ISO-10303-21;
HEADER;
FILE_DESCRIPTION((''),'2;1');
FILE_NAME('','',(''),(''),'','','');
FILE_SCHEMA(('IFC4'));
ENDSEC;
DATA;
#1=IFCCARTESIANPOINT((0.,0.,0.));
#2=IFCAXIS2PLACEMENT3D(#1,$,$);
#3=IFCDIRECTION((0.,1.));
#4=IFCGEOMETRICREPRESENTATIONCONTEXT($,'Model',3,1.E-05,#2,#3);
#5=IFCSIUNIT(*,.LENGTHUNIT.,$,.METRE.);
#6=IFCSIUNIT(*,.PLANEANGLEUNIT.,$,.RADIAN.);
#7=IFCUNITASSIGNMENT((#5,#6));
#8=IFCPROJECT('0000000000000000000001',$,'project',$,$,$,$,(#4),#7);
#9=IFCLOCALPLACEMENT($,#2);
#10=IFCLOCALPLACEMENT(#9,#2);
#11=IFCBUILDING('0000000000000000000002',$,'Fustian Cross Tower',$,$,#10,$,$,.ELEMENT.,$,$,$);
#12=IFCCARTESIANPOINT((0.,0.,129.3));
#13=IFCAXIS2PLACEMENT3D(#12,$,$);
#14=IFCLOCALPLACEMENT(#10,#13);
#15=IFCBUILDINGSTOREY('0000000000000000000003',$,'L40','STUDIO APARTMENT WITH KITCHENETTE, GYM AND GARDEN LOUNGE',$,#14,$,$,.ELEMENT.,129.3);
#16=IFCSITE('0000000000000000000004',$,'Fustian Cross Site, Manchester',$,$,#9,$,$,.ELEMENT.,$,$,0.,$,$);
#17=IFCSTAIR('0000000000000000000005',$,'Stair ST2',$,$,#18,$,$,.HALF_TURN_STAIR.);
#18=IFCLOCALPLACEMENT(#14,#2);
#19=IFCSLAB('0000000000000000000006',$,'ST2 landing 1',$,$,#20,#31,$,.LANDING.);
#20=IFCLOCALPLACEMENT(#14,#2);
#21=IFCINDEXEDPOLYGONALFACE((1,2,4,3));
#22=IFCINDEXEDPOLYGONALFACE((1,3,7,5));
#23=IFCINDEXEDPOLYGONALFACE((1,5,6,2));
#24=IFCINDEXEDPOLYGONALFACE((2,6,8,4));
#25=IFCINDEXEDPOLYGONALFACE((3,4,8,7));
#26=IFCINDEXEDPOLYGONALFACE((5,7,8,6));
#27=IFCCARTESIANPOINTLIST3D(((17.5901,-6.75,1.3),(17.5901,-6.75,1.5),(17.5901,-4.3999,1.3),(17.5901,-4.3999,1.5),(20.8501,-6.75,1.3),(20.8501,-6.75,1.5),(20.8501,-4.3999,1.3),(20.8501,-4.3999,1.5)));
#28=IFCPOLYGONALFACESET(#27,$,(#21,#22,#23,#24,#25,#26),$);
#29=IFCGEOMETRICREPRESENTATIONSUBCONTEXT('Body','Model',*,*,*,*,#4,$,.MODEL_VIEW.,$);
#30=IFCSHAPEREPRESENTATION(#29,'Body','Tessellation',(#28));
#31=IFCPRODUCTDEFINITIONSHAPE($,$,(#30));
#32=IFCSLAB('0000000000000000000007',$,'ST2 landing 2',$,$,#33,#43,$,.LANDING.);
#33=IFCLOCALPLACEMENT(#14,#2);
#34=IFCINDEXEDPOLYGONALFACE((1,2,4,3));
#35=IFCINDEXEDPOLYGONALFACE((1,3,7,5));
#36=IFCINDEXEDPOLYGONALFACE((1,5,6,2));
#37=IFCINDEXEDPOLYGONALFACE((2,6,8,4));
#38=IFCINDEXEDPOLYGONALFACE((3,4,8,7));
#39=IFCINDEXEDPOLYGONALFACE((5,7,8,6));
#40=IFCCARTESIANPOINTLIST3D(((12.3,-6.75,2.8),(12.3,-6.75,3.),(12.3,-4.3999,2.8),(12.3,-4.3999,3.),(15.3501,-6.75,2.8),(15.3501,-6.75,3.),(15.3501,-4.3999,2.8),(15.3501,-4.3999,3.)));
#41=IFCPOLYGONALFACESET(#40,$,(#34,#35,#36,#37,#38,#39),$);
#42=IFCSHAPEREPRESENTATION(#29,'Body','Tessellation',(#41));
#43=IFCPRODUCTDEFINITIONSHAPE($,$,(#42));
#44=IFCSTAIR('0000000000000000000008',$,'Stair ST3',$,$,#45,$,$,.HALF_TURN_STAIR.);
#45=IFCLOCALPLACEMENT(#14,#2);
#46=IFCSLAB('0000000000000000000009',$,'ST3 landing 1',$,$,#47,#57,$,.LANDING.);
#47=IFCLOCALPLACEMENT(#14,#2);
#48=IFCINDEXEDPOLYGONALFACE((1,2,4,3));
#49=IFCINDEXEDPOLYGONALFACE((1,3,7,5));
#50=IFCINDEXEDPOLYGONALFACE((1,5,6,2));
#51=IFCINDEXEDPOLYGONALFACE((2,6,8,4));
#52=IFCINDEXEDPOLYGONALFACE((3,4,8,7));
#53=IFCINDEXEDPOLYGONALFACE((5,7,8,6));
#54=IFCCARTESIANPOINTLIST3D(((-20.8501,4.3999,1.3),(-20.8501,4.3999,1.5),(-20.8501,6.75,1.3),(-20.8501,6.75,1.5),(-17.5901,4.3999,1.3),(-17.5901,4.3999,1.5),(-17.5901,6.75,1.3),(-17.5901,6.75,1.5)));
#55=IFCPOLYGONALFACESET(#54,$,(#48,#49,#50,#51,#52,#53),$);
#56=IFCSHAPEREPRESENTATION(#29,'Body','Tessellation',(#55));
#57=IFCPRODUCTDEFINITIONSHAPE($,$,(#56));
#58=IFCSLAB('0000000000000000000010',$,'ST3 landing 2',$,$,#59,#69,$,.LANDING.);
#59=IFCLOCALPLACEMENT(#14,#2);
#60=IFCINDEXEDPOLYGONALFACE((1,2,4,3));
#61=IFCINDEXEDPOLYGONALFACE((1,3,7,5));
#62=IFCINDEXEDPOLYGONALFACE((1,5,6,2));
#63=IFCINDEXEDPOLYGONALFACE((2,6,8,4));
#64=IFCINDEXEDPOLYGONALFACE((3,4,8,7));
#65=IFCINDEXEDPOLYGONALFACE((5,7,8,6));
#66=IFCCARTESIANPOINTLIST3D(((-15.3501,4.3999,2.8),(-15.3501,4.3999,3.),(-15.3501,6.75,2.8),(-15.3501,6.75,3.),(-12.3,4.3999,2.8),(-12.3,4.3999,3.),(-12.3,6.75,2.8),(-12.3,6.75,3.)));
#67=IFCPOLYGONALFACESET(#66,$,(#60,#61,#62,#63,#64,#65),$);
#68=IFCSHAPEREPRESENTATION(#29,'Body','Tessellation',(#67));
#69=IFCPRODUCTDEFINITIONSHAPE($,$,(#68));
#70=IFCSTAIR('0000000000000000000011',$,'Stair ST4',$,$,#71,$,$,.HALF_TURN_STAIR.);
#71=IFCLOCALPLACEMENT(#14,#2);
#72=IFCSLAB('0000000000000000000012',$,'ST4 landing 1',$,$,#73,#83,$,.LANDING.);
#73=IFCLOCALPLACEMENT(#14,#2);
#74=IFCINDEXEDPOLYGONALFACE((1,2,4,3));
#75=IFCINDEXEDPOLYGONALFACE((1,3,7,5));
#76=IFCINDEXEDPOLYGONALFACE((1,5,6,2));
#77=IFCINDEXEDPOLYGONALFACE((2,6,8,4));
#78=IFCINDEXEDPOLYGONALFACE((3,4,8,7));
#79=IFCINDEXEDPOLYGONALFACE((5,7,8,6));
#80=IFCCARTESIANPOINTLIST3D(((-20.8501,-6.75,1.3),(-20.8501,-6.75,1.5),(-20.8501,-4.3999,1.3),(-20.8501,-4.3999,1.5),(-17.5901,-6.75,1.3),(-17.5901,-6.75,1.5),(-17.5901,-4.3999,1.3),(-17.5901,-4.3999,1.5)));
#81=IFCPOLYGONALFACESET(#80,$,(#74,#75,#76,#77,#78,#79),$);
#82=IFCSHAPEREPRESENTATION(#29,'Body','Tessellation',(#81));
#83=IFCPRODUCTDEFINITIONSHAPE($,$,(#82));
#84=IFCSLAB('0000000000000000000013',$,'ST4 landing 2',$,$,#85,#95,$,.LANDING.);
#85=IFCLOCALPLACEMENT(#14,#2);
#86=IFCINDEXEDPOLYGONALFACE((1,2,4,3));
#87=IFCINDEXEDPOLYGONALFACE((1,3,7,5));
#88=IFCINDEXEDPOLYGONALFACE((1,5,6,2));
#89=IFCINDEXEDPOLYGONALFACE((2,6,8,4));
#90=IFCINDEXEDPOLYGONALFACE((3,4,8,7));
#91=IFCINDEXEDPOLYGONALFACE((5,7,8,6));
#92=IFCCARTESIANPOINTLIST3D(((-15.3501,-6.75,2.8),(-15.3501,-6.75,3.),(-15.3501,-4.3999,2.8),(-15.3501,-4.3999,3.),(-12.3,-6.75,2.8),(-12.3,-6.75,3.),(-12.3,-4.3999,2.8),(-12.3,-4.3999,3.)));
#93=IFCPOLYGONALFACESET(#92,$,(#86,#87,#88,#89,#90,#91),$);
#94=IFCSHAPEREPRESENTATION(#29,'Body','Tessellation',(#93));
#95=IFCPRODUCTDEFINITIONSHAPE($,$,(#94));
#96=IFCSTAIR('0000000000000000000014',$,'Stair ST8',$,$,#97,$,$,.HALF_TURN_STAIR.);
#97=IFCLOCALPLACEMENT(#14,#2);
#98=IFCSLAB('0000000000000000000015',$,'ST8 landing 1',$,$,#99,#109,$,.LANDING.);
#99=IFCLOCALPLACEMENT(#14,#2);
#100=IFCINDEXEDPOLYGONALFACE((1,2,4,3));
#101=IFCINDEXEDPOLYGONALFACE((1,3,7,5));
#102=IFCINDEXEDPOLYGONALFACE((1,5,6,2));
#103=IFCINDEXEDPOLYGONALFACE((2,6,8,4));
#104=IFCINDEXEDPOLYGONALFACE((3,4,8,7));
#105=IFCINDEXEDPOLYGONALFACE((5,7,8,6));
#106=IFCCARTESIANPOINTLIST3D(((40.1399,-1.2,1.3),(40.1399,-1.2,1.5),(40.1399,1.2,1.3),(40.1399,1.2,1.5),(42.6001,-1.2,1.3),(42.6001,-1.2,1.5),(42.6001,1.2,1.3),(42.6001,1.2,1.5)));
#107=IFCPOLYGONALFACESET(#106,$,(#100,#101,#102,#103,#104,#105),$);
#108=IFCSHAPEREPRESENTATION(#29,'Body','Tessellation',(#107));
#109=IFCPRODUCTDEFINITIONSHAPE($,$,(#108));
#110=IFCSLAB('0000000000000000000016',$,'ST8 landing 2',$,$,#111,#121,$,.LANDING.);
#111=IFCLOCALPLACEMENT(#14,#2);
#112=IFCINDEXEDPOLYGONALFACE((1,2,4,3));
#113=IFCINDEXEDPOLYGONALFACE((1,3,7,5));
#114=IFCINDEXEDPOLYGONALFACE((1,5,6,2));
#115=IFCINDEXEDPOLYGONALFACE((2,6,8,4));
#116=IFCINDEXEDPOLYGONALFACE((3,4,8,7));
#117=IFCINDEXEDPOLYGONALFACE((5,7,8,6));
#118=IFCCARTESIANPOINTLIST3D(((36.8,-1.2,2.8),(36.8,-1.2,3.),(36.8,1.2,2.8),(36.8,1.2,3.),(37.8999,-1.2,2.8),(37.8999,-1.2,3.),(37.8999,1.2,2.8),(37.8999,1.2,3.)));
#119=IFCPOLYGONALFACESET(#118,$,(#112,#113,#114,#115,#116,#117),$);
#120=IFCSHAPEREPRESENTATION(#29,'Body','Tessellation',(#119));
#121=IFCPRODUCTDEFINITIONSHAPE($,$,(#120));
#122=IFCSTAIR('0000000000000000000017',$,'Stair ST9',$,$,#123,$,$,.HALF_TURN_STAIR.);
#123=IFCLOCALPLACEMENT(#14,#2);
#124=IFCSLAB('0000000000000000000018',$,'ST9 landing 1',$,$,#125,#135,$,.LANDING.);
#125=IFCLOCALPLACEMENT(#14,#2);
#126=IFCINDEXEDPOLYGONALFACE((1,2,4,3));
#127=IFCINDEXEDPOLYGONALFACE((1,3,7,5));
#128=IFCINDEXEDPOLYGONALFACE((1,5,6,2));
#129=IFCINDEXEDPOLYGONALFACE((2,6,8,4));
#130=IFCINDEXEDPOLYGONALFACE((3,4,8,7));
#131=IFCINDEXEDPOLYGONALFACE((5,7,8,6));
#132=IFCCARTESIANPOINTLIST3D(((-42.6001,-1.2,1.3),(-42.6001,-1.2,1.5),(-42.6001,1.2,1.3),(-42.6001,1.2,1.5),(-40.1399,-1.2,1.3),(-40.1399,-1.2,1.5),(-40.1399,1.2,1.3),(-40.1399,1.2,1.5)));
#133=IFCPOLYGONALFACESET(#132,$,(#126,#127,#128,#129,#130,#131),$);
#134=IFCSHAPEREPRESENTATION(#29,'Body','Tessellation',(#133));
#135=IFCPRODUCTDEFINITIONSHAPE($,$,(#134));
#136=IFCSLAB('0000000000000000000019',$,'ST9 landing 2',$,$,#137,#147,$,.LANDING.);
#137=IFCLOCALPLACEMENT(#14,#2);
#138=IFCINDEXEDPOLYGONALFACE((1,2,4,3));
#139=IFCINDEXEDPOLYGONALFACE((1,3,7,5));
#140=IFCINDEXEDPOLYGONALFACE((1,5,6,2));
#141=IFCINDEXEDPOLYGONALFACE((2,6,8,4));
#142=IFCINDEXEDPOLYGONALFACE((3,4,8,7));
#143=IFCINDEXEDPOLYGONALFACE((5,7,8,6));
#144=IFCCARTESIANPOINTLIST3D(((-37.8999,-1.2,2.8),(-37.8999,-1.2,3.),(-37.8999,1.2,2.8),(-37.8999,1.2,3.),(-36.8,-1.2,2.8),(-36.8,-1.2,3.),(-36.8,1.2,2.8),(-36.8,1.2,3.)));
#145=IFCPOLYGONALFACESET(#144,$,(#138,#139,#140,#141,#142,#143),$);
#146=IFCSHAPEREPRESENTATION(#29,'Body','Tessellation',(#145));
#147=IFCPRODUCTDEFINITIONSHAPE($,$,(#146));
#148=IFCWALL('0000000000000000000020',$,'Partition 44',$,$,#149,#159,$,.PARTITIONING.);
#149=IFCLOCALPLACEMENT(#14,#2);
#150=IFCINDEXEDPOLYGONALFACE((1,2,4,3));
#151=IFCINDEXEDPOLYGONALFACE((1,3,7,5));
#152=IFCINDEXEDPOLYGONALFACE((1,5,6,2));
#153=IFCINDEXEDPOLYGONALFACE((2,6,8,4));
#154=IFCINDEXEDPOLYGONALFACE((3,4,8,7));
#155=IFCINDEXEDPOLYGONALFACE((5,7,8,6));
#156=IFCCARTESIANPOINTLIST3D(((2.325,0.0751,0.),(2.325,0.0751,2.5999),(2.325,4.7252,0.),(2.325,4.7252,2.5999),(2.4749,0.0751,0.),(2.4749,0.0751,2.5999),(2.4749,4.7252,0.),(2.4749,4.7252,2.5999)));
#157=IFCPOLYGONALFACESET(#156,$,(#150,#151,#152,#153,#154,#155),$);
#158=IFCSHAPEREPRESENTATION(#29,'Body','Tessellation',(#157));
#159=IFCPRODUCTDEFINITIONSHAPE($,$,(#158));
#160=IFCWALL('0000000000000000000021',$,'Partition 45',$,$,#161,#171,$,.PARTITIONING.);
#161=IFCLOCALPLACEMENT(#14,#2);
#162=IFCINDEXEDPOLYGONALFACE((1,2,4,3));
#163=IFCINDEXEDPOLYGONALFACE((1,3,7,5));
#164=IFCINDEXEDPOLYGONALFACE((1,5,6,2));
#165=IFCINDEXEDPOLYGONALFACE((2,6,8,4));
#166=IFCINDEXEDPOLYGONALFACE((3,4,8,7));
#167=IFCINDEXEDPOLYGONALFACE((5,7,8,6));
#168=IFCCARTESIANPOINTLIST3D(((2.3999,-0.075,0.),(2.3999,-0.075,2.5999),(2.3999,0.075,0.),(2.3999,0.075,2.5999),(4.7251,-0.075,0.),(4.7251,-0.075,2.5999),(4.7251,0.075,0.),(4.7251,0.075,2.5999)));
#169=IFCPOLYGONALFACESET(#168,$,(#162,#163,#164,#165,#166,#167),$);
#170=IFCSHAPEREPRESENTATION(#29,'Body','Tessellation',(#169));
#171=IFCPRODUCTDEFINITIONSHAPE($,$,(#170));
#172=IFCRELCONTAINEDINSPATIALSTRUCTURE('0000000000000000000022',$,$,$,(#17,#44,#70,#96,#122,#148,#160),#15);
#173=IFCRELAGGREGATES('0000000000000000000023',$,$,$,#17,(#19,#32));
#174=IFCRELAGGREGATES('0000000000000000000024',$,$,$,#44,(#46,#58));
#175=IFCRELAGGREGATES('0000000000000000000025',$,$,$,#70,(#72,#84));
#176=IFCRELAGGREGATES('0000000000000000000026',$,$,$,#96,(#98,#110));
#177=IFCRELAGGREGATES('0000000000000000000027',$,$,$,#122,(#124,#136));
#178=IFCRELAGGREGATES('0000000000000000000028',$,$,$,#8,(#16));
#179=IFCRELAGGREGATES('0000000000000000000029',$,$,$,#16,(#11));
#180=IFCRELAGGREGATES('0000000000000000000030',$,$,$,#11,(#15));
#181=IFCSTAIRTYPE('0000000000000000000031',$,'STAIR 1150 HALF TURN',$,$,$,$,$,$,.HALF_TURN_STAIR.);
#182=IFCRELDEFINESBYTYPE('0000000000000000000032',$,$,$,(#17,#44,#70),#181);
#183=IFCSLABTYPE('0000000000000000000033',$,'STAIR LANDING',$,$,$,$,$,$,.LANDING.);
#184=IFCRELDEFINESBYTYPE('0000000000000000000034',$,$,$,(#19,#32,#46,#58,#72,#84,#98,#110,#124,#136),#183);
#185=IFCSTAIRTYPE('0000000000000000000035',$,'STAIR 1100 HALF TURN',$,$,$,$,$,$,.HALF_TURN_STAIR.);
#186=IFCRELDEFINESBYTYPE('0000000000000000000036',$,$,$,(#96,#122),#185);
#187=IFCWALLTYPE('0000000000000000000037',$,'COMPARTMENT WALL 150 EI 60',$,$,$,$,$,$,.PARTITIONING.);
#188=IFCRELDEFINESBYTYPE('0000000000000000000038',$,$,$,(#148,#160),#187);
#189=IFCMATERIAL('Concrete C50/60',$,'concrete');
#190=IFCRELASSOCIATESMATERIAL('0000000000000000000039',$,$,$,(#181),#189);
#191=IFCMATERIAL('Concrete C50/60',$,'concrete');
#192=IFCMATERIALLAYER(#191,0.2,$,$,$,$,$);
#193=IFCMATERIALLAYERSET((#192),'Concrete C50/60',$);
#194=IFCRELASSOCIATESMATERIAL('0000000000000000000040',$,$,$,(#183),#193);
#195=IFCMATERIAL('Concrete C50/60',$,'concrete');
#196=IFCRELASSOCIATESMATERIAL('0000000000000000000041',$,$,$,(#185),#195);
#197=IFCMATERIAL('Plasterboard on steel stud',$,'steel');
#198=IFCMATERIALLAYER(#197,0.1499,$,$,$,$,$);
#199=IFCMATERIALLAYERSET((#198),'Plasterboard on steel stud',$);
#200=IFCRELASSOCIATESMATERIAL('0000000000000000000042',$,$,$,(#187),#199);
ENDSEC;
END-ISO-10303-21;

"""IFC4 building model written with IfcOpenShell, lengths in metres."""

from ifc_helpers import new_model, si_unit, direction, frame, frame_2d, origin, place, context, subcontext, project, spatial, polyline, rectangle, outline, extrude, material, layer, layer_set, type_object, element, aggregate, save


model = new_model("IFC4")

# Units and contexts
model_context = context("Model", 3, precision=1e-05, world=origin(), true_north=direction((0.0, 1.0)))
body_context = subcontext(model_context, "Body", "Model", "MODEL_VIEW")
ifc_project = project(units=[si_unit("LENGTHUNIT", "METRE"), si_unit("PLANEANGLEUNIT", "RADIAN")], contexts=[model_context])

# Site, building, storey
site_placement = place(None, origin())
site = spatial("IfcSite", under=ifc_project, at=site_placement, Name="Fustian Cross Site, Manchester", CompositionType="ELEMENT", RefElevation=0.0)
building_placement = place(site_placement, origin())
building = spatial("IfcBuilding", under=site, at=building_placement, Name="Fustian Cross Tower", CompositionType="ELEMENT")
storey_placement = place(building_placement, frame((0.0, 0.0, 129.3)))
storey = spatial("IfcBuildingStorey", under=building, at=storey_placement, Name="L40", Description="STUDIO APARTMENT WITH KITCHENETTE, GYM AND GARDEN LOUNGE", CompositionType="ELEMENT", Elevation=129.3)

# Stairs, slabs
ifc_material_1 = material(Name="Concrete C50/60", Category="concrete")
stair_type_1 = type_object("IfcStairType", Name="STAIR 1150 HALF TURN", PredefinedType="HALF_TURN_STAIR", material=ifc_material_1)
stair_1_placement = place(storey_placement, origin())
stair_1 = element("IfcStair", 1, at=stair_1_placement, inside=storey, type_object=stair_type_1, Name="Stair ST2", PredefinedType="HALF_TURN_STAIR")
ifc_material_2 = material(Name="Concrete C50/60", Category="concrete")
ifc_layer_1 = layer(ifc_material_2, 0.2)
ifc_layer_set_1 = layer_set([ifc_layer_1], Name="Concrete C50/60")
slab_type = type_object("IfcSlabType", Name="STAIR LANDING", PredefinedType="LANDING", material=ifc_layer_set_1)
slab_1_placement = place(storey_placement, frame((0.0, 0.0, 1.3)))
slab_1 = element("IfcSlab", 2, at=slab_1_placement, type_object=slab_type, Name="ST2 landing 1", PredefinedType="LANDING", context=body_context, shape_type="SweptSolid", body=[
    extrude(outline(polyline([(17.5901, -4.3999), (20.8501, -4.3999), (20.8501, -6.75), (17.5901, -6.75), (17.5901, -4.3999)])), origin(), (0.0, 0.0, 1.0), 0.2),
])
slab_2_placement = place(storey_placement, frame((0.0, 0.0, 2.8)))
slab_2 = element("IfcSlab", 3, at=slab_2_placement, type_object=slab_type, Name="ST2 landing 2", PredefinedType="LANDING", context=body_context, shape_type="SweptSolid", body=[
    extrude(outline(polyline([(12.3, -4.3999), (15.3501, -4.3999), (15.3501, -6.75), (12.3, -6.75), (12.3, -4.3999)])), origin(), (0.0, 0.0, 1.0), 0.2),
])
aggregate(stair_1, [slab_1, slab_2])
stair_2_placement = place(storey_placement, origin())
stair_2 = element("IfcStair", 4, at=stair_2_placement, inside=storey, type_object=stair_type_1, Name="Stair ST3", PredefinedType="HALF_TURN_STAIR")
slab_3_placement = place(storey_placement, frame((0.0, 0.0, 1.3)))
slab_3 = element("IfcSlab", 5, at=slab_3_placement, type_object=slab_type, Name="ST3 landing 1", PredefinedType="LANDING", context=body_context, shape_type="SweptSolid", body=[
    extrude(outline(polyline([(-17.5901, 4.3999), (-20.8501, 4.3999), (-20.8501, 6.75), (-17.5901, 6.75), (-17.5901, 4.3999)])), origin(), (0.0, 0.0, 1.0), 0.2),
])
slab_4_placement = place(storey_placement, frame((0.0, 0.0, 2.8)))
slab_4 = element("IfcSlab", 6, at=slab_4_placement, type_object=slab_type, Name="ST3 landing 2", PredefinedType="LANDING", context=body_context, shape_type="SweptSolid", body=[
    extrude(outline(polyline([(-12.3, 4.3999), (-15.3501, 4.3999), (-15.3501, 6.75), (-12.3, 6.75), (-12.3, 4.3999)])), origin(), (0.0, 0.0, 1.0), 0.2),
])
aggregate(stair_2, [slab_3, slab_4])
stair_3_placement = place(storey_placement, origin())
stair_3 = element("IfcStair", 7, at=stair_3_placement, inside=storey, type_object=stair_type_1, Name="Stair ST4", PredefinedType="HALF_TURN_STAIR")
slab_5_placement = place(storey_placement, frame((0.0, 0.0, 1.3)))
slab_5 = element("IfcSlab", 8, at=slab_5_placement, type_object=slab_type, Name="ST4 landing 1", PredefinedType="LANDING", context=body_context, shape_type="SweptSolid", body=[
    extrude(outline(polyline([(-17.5901, -4.3999), (-20.8501, -4.3999), (-20.8501, -6.75), (-17.5901, -6.75), (-17.5901, -4.3999)])), origin(), (0.0, 0.0, 1.0), 0.2),
])
slab_6_placement = place(storey_placement, frame((0.0, 0.0, 2.8)))
slab_6 = element("IfcSlab", 9, at=slab_6_placement, type_object=slab_type, Name="ST4 landing 2", PredefinedType="LANDING", context=body_context, shape_type="SweptSolid", body=[
    extrude(outline(polyline([(-12.3, -4.3999), (-15.3501, -4.3999), (-15.3501, -6.75), (-12.3, -6.75), (-12.3, -4.3999)])), origin(), (0.0, 0.0, 1.0), 0.2),
])
aggregate(stair_3, [slab_5, slab_6])
ifc_material_3 = material(Name="Concrete C50/60", Category="concrete")
stair_type_2 = type_object("IfcStairType", Name="STAIR 1100 HALF TURN", PredefinedType="HALF_TURN_STAIR", material=ifc_material_3)
stair_4_placement = place(storey_placement, origin())
stair_4 = element("IfcStair", 10, at=stair_4_placement, inside=storey, type_object=stair_type_2, Name="Stair ST8", PredefinedType="HALF_TURN_STAIR")
slab_7_placement = place(storey_placement, frame((0.0, 0.0, 1.3)))
slab_7 = element("IfcSlab", 11, at=slab_7_placement, type_object=slab_type, Name="ST8 landing 1", PredefinedType="LANDING", context=body_context, shape_type="SweptSolid", body=[
    extrude(outline(polyline([(40.1399, -1.2), (42.6001, -1.2), (42.6001, 1.2), (40.1399, 1.2), (40.1399, -1.2)])), origin(), (0.0, 0.0, 1.0), 0.2),
])
slab_8_placement = place(storey_placement, frame((0.0, 0.0, 2.8)))
slab_8 = element("IfcSlab", 12, at=slab_8_placement, type_object=slab_type, Name="ST8 landing 2", PredefinedType="LANDING", context=body_context, shape_type="SweptSolid", body=[
    extrude(outline(polyline([(36.8, -1.2), (37.8999, -1.2), (37.8999, 1.2), (36.8, 1.2), (36.8, -1.2)])), origin(), (0.0, 0.0, 1.0), 0.2),
])
aggregate(stair_4, [slab_7, slab_8])
stair_5_placement = place(storey_placement, origin())
stair_5 = element("IfcStair", 13, at=stair_5_placement, inside=storey, type_object=stair_type_2, Name="Stair ST9", PredefinedType="HALF_TURN_STAIR")
slab_9_placement = place(storey_placement, frame((0.0, 0.0, 1.3)))
slab_9 = element("IfcSlab", 14, at=slab_9_placement, type_object=slab_type, Name="ST9 landing 1", PredefinedType="LANDING", context=body_context, shape_type="SweptSolid", body=[
    extrude(outline(polyline([(-40.1399, -1.2), (-42.6001, -1.2), (-42.6001, 1.2), (-40.1399, 1.2), (-40.1399, -1.2)])), origin(), (0.0, 0.0, 1.0), 0.2),
])
slab_10_placement = place(storey_placement, frame((0.0, 0.0, 2.8)))
slab_10 = element("IfcSlab", 15, at=slab_10_placement, type_object=slab_type, Name="ST9 landing 2", PredefinedType="LANDING", context=body_context, shape_type="SweptSolid", body=[
    extrude(outline(polyline([(-36.8, -1.2), (-37.8999, -1.2), (-37.8999, 1.2), (-36.8, 1.2), (-36.8, -1.2)])), origin(), (0.0, 0.0, 1.0), 0.2),
])
aggregate(stair_5, [slab_9, slab_10])

# Walls
ifc_material_4 = material(Name="Plasterboard on steel stud", Category="steel")
ifc_layer_2 = layer(ifc_material_4, 0.1499)
ifc_layer_set_2 = layer_set([ifc_layer_2], Name="Plasterboard on steel stud")
wall_type = type_object("IfcWallType", Name="COMPARTMENT WALL 150 EI 60", PredefinedType="PARTITIONING", material=ifc_layer_set_2)
wall_1_placement = place(storey_placement, frame((2.3999, 0.075, 0.0), z_axis=(0.0, 0.0, 1.0), x_axis=(0.0, 1.0, 0.0)))
element("IfcWall", 16, at=wall_1_placement, inside=storey, type_object=wall_type, Name="Partition 44", PredefinedType="PARTITIONING", context=body_context, shape_type="SweptSolid", body=[
    extrude(rectangle(XDim=4.6501, YDim=0.1499, at=frame_2d((2.3252, 0.0))), origin(), (0.0, 0.0, 1.0), 2.5999),
])
wall_2_placement = place(storey_placement, frame((2.3999, 0.0, 0.0), z_axis=(0.0, 0.0, 1.0), x_axis=(1.0, 0.0, 0.0)))
element("IfcWall", 17, at=wall_2_placement, inside=storey, type_object=wall_type, Name="Partition 45", PredefinedType="PARTITIONING", context=body_context, shape_type="SweptSolid", body=[
    extrude(rectangle(XDim=2.3252, YDim=0.1499, at=frame_2d((1.1626, 0.0))), origin(), (0.0, 0.0, 1.0), 2.5999),
])

save(model, "model.ifc")
